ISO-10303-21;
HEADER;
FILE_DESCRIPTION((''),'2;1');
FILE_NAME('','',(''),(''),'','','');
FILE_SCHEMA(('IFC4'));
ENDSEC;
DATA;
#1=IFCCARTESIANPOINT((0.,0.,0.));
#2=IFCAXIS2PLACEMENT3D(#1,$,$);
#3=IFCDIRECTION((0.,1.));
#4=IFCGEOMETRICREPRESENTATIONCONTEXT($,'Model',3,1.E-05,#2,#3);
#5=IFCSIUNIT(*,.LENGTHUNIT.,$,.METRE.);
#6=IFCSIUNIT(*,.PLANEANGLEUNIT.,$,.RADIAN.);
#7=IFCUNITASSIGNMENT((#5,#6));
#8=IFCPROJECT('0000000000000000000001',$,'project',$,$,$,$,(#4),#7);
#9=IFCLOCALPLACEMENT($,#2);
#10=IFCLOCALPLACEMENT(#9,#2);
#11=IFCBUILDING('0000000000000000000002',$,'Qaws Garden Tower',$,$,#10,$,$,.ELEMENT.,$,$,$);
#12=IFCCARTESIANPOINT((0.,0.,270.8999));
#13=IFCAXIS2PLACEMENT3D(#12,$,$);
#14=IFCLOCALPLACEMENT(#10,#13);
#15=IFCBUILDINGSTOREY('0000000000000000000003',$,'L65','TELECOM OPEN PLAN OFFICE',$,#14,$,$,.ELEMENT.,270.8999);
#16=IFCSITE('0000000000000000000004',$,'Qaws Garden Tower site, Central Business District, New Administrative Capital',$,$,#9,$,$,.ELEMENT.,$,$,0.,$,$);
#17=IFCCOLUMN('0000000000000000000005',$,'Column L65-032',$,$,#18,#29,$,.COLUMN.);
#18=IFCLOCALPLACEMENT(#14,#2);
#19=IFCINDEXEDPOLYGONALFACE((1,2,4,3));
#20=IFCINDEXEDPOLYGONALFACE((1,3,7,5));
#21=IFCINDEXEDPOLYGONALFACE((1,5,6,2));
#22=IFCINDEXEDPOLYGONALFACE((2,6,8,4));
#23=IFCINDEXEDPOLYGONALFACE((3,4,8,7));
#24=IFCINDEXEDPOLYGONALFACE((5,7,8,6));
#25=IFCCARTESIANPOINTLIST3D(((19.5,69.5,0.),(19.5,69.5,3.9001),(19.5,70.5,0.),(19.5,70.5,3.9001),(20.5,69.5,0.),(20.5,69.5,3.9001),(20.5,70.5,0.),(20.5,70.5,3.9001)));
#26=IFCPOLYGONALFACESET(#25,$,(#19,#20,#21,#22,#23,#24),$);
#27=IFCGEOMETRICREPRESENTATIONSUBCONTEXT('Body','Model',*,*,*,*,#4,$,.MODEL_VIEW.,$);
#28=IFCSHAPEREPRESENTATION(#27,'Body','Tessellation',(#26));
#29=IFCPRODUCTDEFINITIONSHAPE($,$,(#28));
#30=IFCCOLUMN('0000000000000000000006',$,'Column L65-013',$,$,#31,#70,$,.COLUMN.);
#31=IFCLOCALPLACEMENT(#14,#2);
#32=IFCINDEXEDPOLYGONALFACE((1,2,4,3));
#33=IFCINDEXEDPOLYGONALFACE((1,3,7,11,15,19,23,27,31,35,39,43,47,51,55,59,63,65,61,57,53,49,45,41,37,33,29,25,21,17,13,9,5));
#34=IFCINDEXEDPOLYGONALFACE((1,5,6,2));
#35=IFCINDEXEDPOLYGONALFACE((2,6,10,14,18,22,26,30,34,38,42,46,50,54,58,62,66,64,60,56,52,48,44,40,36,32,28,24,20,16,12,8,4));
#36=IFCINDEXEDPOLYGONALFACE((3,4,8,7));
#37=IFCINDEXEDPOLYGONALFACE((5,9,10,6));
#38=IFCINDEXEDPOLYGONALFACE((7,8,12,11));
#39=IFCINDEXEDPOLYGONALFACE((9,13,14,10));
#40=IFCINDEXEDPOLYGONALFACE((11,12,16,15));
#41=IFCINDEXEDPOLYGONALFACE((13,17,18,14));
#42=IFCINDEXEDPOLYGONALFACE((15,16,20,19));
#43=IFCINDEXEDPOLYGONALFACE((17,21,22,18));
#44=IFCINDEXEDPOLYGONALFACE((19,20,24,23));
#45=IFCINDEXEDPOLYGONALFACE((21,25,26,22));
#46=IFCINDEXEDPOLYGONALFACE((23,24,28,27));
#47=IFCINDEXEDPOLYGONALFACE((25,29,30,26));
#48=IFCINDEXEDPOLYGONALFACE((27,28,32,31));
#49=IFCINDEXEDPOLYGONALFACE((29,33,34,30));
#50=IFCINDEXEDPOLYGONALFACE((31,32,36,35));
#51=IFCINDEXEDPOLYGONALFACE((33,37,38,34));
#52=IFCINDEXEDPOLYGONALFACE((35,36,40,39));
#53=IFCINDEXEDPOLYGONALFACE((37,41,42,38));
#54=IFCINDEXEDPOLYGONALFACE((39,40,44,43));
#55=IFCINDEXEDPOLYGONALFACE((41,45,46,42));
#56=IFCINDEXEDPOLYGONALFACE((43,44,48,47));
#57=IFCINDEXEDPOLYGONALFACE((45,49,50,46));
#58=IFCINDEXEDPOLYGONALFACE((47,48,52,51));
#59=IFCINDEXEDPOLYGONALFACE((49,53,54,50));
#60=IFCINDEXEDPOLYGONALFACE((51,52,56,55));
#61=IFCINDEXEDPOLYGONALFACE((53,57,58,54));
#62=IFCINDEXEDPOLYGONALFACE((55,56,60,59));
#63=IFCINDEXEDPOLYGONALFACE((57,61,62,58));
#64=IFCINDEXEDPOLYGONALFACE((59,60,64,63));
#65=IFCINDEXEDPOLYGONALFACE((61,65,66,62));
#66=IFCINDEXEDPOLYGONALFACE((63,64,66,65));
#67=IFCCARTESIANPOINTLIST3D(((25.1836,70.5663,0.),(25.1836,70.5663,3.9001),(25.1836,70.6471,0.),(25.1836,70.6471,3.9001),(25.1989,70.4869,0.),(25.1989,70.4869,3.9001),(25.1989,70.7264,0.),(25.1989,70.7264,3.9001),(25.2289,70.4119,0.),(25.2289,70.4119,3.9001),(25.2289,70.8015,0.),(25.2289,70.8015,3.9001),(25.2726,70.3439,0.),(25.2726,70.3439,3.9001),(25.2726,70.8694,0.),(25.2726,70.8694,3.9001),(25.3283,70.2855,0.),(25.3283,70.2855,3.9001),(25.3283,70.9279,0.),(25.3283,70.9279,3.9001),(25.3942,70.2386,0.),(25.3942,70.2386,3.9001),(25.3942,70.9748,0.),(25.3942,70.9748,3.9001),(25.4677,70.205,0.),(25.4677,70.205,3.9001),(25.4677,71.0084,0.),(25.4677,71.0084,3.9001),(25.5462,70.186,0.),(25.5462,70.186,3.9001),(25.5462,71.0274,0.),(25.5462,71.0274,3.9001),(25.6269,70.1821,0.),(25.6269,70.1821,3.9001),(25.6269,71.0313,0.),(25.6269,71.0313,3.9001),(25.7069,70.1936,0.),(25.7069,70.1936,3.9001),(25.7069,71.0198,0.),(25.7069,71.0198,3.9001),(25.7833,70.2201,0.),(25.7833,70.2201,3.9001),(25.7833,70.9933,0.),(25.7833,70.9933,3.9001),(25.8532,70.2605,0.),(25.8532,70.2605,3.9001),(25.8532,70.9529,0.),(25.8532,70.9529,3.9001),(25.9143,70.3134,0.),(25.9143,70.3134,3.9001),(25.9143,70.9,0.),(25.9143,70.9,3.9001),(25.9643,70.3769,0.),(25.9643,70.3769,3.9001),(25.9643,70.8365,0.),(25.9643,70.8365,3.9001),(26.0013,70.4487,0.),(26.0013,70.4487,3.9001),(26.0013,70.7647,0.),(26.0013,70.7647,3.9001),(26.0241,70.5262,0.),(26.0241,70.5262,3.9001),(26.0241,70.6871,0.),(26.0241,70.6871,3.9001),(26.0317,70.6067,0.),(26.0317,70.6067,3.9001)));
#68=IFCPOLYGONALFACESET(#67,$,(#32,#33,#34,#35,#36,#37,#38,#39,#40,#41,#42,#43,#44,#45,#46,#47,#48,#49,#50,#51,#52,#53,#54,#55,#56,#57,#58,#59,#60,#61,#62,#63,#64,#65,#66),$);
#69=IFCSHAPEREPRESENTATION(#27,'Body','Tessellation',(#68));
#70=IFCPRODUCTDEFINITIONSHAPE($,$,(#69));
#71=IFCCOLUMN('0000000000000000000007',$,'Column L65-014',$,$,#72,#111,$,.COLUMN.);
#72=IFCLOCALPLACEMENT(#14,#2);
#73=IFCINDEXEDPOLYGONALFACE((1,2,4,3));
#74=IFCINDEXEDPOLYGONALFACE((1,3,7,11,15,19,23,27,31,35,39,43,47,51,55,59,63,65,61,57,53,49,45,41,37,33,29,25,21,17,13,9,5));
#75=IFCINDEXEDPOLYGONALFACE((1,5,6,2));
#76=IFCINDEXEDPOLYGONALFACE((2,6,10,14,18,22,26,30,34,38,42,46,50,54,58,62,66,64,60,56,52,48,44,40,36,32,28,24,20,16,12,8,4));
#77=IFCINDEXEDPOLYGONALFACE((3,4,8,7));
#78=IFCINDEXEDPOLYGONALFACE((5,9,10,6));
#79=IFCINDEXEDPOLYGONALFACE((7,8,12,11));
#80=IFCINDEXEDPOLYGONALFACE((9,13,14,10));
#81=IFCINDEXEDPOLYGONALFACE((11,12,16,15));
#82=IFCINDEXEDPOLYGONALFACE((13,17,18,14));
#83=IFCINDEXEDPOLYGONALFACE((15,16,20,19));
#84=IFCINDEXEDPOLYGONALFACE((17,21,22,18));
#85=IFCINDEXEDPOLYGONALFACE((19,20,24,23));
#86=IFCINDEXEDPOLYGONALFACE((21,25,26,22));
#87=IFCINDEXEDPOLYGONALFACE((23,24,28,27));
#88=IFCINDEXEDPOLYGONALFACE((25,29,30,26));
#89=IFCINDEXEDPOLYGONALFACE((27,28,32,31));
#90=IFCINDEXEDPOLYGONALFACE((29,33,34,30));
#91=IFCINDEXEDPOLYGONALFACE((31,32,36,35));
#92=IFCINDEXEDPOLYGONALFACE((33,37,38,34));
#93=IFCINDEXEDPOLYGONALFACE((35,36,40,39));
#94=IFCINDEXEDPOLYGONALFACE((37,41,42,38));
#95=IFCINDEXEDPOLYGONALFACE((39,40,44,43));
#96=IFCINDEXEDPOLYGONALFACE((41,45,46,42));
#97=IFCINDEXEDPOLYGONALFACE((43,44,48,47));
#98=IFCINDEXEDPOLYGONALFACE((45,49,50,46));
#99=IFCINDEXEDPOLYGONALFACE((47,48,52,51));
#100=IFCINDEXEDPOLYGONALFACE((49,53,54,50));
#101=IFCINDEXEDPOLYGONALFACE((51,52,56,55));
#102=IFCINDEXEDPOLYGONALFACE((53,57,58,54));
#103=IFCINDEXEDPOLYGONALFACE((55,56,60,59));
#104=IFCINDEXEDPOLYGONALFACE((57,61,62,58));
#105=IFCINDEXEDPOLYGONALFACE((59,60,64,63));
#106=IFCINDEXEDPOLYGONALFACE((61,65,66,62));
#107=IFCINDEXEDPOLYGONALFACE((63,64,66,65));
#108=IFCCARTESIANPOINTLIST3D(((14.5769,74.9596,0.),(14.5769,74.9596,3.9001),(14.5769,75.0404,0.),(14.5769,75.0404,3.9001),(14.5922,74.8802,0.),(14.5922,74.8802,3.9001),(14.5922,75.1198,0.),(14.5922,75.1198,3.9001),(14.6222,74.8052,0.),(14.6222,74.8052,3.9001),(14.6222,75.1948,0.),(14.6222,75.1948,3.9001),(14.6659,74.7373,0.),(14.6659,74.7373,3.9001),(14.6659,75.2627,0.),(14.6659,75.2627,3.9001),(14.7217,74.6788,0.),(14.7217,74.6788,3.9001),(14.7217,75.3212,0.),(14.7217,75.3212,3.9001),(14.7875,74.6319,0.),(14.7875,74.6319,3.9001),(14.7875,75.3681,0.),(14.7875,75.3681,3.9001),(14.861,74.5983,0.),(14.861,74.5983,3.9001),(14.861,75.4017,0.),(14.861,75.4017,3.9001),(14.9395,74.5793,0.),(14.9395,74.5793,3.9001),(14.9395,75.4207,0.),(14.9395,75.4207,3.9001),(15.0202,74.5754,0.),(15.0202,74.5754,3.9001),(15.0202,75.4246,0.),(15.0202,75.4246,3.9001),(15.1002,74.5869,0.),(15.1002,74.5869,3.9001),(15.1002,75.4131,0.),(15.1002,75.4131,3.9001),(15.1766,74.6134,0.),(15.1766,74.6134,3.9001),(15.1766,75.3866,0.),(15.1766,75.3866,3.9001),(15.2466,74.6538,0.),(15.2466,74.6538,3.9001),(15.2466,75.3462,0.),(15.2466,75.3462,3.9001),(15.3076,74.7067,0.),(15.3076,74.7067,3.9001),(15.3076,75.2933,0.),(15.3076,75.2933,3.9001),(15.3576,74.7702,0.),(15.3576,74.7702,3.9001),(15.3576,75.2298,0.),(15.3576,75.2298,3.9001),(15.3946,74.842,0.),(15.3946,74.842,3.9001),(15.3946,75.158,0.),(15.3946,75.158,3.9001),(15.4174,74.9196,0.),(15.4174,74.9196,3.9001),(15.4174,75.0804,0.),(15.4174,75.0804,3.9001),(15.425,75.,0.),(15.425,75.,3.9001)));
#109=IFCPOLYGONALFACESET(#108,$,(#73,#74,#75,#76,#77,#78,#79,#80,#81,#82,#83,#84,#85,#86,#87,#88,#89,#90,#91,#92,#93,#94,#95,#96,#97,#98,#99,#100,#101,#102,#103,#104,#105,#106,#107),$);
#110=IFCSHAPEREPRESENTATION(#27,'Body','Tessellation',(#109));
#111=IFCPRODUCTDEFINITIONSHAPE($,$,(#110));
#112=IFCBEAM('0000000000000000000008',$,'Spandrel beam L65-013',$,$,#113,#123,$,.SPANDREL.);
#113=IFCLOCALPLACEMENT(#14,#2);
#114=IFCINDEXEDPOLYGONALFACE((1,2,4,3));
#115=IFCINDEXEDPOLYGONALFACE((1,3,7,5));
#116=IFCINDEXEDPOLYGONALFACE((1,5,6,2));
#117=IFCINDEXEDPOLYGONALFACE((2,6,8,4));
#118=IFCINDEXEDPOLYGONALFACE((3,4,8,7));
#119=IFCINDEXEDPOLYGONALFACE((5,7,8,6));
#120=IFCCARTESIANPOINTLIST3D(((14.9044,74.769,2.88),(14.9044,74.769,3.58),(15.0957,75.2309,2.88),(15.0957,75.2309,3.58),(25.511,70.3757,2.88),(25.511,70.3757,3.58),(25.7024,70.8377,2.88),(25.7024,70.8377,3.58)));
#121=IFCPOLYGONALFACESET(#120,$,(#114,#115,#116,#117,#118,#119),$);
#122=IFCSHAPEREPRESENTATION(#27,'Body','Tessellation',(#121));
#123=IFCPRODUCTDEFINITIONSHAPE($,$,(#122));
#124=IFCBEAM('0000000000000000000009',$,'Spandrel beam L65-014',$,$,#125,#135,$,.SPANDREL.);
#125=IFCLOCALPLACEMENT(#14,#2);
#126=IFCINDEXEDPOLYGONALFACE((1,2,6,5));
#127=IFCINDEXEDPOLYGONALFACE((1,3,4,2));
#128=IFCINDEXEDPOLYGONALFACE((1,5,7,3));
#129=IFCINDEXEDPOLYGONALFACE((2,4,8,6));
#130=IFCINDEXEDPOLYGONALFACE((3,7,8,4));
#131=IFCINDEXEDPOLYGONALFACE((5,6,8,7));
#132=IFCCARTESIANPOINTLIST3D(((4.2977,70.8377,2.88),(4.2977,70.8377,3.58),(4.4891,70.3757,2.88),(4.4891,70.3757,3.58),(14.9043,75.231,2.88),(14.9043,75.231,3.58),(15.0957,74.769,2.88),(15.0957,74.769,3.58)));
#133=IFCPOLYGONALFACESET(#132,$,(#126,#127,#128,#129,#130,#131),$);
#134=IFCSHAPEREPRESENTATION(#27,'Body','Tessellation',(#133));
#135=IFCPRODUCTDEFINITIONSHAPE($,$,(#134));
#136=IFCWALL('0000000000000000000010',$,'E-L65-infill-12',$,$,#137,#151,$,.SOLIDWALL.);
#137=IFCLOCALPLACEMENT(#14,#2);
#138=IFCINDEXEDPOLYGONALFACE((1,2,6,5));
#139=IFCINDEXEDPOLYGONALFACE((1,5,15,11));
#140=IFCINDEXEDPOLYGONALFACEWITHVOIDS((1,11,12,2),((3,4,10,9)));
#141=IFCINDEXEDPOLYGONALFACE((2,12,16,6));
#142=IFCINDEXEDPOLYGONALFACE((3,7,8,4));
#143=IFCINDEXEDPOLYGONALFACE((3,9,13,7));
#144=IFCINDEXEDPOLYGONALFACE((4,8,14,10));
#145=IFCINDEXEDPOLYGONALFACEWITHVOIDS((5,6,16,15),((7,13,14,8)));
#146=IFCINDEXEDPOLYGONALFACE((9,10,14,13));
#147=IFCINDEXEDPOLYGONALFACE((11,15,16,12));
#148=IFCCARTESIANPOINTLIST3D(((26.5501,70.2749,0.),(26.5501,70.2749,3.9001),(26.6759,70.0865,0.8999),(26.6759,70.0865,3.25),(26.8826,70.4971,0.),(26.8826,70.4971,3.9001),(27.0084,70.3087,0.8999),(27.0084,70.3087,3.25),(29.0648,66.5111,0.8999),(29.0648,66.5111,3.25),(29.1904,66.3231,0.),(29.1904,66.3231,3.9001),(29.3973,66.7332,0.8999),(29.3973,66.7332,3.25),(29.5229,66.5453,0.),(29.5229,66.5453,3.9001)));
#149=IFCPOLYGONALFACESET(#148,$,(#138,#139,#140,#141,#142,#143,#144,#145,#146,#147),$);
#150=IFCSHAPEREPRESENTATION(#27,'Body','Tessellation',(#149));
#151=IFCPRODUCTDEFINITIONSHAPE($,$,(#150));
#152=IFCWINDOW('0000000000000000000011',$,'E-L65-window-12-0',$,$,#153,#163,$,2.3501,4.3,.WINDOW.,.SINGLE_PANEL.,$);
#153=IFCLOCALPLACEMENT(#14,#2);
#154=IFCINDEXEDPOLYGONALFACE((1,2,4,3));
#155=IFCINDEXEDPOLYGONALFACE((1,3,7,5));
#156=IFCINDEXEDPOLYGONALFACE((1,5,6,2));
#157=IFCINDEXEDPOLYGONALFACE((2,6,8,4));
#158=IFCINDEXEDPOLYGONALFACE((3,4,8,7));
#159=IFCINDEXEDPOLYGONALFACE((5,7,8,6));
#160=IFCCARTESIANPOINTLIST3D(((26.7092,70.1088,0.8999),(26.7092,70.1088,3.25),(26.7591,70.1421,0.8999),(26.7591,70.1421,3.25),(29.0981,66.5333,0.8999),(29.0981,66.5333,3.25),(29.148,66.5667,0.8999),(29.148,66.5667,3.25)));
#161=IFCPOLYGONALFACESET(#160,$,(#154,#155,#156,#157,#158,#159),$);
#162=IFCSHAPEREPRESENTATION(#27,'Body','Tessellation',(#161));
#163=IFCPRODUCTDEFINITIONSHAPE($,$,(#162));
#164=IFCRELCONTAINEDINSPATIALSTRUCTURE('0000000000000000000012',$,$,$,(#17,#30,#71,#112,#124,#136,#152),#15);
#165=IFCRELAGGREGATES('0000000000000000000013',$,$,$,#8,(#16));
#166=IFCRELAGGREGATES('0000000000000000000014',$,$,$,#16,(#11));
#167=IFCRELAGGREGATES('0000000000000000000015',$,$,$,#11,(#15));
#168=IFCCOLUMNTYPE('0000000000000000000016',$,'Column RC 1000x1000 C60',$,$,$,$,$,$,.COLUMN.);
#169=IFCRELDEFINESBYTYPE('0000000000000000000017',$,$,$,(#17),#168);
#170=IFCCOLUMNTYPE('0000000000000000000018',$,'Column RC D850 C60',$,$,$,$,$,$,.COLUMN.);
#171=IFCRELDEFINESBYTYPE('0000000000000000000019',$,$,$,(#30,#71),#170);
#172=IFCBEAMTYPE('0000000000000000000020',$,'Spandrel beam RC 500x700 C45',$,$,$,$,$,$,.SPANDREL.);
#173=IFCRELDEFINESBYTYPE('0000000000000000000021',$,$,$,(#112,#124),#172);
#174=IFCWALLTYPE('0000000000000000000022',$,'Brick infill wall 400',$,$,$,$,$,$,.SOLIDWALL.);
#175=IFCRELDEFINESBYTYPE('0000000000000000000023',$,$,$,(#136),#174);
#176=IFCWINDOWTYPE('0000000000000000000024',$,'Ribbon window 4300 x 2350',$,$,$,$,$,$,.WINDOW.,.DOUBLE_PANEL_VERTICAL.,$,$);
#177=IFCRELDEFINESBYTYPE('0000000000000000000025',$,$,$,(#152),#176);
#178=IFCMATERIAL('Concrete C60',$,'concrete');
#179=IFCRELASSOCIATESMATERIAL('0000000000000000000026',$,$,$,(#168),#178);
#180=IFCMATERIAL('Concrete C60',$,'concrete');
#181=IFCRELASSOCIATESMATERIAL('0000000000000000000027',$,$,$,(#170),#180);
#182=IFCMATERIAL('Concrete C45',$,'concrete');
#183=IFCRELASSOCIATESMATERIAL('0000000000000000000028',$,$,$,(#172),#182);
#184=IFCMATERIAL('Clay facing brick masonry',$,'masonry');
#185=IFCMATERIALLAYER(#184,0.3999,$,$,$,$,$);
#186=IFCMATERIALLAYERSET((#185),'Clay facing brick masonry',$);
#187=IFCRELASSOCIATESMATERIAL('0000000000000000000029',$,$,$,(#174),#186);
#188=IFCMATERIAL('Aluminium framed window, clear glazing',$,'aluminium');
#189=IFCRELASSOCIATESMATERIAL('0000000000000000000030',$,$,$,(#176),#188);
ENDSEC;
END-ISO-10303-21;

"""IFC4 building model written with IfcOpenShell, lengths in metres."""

from ifc_helpers import new_model, si_unit, direction, frame, frame_2d, origin, origin_2d, place, context, subcontext, project, spatial, rectangle, circle, extrude, material, layer, layer_set, material_profile, profile_set, type_object, element, fill, save


model = new_model("IFC4")

# Units and contexts
model_context = context("Model", 3, precision=1e-05, world=origin(), true_north=direction((0.0, 1.0)))
body_context = subcontext(model_context, "Body", "Model", "MODEL_VIEW")
ifc_project = project(units=[si_unit("LENGTHUNIT", "METRE"), si_unit("PLANEANGLEUNIT", "RADIAN")], contexts=[model_context])

# Site, building, storey
site_placement = place(None, origin())
site = spatial("IfcSite", under=ifc_project, at=site_placement, Name="Qaws Garden Tower site, Central Business District, New Administrative Capital", CompositionType="ELEMENT", RefElevation=0.0)
building_placement = place(site_placement, origin())
building = spatial("IfcBuilding", under=site, at=building_placement, Name="Qaws Garden Tower", CompositionType="ELEMENT")
storey_placement = place(building_placement, frame((0.0, 0.0, 270.8999)))
storey = spatial("IfcBuildingStorey", under=building, at=storey_placement, Name="L65", Description="TELECOM OPEN PLAN OFFICE", CompositionType="ELEMENT", Elevation=270.8999)

# Columns
ifc_material_1 = material(Name="Concrete C60", Category="concrete")
ifc_material_profile_1 = material_profile(ifc_material_1, rectangle(XDim=1.0, YDim=1.0, at=origin_2d()), Name="RC 1000x1000")
ifc_profile_set_1 = profile_set([ifc_material_profile_1], Name="Concrete C60")
column_type_1 = type_object("IfcColumnType", Name="Column RC 1000x1000 C60", PredefinedType="COLUMN", material=ifc_profile_set_1)
column_placement = place(storey_placement, frame((20.0, 70.0, 0.0), z_axis=(0.0, 0.0, 1.0), x_axis=(1.0, 0.0, 0.0)))
element("IfcColumn", 1, at=column_placement, inside=storey, type_object=column_type_1, Name="Column L65-032", PredefinedType="COLUMN", context=body_context, shape_type="SweptSolid", body=[
    extrude(rectangle(XDim=1.0, YDim=1.0, at=origin_2d()), origin(), (0.0, 0.0, 1.0), 3.9001),
])
ifc_material_2 = material(Name="Concrete C60", Category="concrete")
ifc_material_profile_2 = material_profile(ifc_material_2, circle(Radius=0.425, at=origin_2d()), Name="RC D850")
ifc_profile_set_2 = profile_set([ifc_material_profile_2], Name="Concrete C60")
column_type_2 = type_object("IfcColumnType", Name="Column RC D850 C60", PredefinedType="COLUMN", material=ifc_profile_set_2)
for number, where, z_axis, x_axis, name in (
    (2, (25.6067, 70.6067, 0.0), (0.0, 0.0, 1.0), (1.0, 0.0, 0.0), "Column L65-013"),
    (3, (15.0, 75.0, 0.0), (0.0, 0.0, 1.0), (1.0, 0.0, 0.0), "Column L65-014"),
):
    element("IfcColumn", number, at=place(storey_placement, frame(where, z_axis=z_axis, x_axis=x_axis)), inside=storey, type_object=column_type_2, Name=name, PredefinedType="COLUMN", context=body_context, shape_type="SweptSolid", body=[
        extrude(circle(Radius=0.425, at=origin_2d()), origin(), (0.0, 0.0, 1.0), 3.9001),
    ])

# Beams
ifc_material_3 = material(Name="Concrete C45", Category="concrete")
ifc_material_profile_3 = material_profile(ifc_material_3, rectangle(XDim=0.5, YDim=0.7, at=origin_2d()), Name="RC 500x700")
ifc_profile_set_3 = profile_set([ifc_material_profile_3], Name="Concrete C45")
beam_type = type_object("IfcBeamType", Name="Spandrel beam RC 500x700 C45", PredefinedType="SPANDREL", material=ifc_profile_set_3)
for number, where, z_axis, x_axis, name in (
    (4, (25.6067, 70.6067, 3.23), (-0.923883, 0.382674, 0.0), (-0.382674, -0.923883, 0.0), "Spandrel beam L65-013"),
    (5, (15.0, 75.0, 3.23), (-0.923883, -0.382674, 0.0), (0.382674, -0.923883, 0.0), "Spandrel beam L65-014"),
):
    element("IfcBeam", number, at=place(storey_placement, frame(where, z_axis=z_axis, x_axis=x_axis)), inside=storey, type_object=beam_type, Name=name, PredefinedType="SPANDREL", context=body_context, shape_type="SweptSolid", body=[
        extrude(rectangle(XDim=0.5, YDim=0.7, at=origin_2d()), origin(), (0.0, 0.0, 1.0), 11.4805),
    ])

# Wall, opening, window
ifc_material_4 = material(Name="Clay facing brick masonry", Category="masonry")
ifc_layer_1 = layer(ifc_material_4, 0.3999)
ifc_layer_set_1 = layer_set([ifc_layer_1], Name="Clay facing brick masonry")
wall_type_1 = type_object("IfcWallType", Name="Brick infill wall 400", PredefinedType="SOLIDWALL", material=ifc_layer_set_1)
wall_1_placement = place(storey_placement, frame((29.3567, 66.4341, 0.0), z_axis=(0.0, 0.0, 1.0), x_axis=(-0.555542, 0.831489, 0.0)))
wall_1 = element("IfcWall", 6, at=wall_1_placement, inside=storey, type_object=wall_type_1, Name="E-L65-infill-12", PredefinedType="SOLIDWALL", context=body_context, shape_type="SweptSolid", body=[
    extrude(rectangle(XDim=4.7527, YDim=0.3999, at=frame_2d((2.3765, 0.0))), origin(), (0.0, 0.0, 1.0), 3.9001),
])
opening_1_placement = place(wall_1_placement, frame((0.2263, 0.0, 0.8999)))
opening_1 = element("IfcOpeningElement", 7, at=opening_1_placement, cuts=wall_1, PredefinedType="OPENING", context=body_context, shape_type="SweptSolid", body=[
    extrude(rectangle(XDim=4.3, YDim=2.3501, at=frame_2d((2.1499, 1.175))), frame((0.0, 0.21, 0.0), z_axis=(0.0, -1.0, 0.0), x_axis=(1.0, 0.0, 0.0)), (0.0, 0.0, 1.0), 0.4199),
])
ifc_material_5 = material(Name="Aluminium framed window, clear glazing", Category="aluminium")
window_type = type_object("IfcWindowType", Name="Ribbon window 4300 x 2350", PartitioningType="DOUBLE_PANEL_VERTICAL", PredefinedType="WINDOW", material=ifc_material_5)
window_1_placement = place(opening_1_placement, origin())
window_1 = element("IfcWindow", 8, at=window_1_placement, inside=storey, type_object=window_type, Name="E-L65-window-12-0", OverallHeight=2.3501, OverallWidth=4.3, PartitioningType="SINGLE_PANEL", PredefinedType="WINDOW", context=body_context, shape_type="SweptSolid", body=[
    extrude(rectangle(XDim=4.3, YDim=2.3501, at=frame_2d((2.1499, 1.175))), frame((0.0, 0.1599, 0.0), z_axis=(0.0, -1.0, 0.0), x_axis=(1.0, 0.0, 0.0)), (0.0, 0.0, 1.0), 0.0601),
])
fill(opening_1, window_1)

save(model, "model.ifc")
